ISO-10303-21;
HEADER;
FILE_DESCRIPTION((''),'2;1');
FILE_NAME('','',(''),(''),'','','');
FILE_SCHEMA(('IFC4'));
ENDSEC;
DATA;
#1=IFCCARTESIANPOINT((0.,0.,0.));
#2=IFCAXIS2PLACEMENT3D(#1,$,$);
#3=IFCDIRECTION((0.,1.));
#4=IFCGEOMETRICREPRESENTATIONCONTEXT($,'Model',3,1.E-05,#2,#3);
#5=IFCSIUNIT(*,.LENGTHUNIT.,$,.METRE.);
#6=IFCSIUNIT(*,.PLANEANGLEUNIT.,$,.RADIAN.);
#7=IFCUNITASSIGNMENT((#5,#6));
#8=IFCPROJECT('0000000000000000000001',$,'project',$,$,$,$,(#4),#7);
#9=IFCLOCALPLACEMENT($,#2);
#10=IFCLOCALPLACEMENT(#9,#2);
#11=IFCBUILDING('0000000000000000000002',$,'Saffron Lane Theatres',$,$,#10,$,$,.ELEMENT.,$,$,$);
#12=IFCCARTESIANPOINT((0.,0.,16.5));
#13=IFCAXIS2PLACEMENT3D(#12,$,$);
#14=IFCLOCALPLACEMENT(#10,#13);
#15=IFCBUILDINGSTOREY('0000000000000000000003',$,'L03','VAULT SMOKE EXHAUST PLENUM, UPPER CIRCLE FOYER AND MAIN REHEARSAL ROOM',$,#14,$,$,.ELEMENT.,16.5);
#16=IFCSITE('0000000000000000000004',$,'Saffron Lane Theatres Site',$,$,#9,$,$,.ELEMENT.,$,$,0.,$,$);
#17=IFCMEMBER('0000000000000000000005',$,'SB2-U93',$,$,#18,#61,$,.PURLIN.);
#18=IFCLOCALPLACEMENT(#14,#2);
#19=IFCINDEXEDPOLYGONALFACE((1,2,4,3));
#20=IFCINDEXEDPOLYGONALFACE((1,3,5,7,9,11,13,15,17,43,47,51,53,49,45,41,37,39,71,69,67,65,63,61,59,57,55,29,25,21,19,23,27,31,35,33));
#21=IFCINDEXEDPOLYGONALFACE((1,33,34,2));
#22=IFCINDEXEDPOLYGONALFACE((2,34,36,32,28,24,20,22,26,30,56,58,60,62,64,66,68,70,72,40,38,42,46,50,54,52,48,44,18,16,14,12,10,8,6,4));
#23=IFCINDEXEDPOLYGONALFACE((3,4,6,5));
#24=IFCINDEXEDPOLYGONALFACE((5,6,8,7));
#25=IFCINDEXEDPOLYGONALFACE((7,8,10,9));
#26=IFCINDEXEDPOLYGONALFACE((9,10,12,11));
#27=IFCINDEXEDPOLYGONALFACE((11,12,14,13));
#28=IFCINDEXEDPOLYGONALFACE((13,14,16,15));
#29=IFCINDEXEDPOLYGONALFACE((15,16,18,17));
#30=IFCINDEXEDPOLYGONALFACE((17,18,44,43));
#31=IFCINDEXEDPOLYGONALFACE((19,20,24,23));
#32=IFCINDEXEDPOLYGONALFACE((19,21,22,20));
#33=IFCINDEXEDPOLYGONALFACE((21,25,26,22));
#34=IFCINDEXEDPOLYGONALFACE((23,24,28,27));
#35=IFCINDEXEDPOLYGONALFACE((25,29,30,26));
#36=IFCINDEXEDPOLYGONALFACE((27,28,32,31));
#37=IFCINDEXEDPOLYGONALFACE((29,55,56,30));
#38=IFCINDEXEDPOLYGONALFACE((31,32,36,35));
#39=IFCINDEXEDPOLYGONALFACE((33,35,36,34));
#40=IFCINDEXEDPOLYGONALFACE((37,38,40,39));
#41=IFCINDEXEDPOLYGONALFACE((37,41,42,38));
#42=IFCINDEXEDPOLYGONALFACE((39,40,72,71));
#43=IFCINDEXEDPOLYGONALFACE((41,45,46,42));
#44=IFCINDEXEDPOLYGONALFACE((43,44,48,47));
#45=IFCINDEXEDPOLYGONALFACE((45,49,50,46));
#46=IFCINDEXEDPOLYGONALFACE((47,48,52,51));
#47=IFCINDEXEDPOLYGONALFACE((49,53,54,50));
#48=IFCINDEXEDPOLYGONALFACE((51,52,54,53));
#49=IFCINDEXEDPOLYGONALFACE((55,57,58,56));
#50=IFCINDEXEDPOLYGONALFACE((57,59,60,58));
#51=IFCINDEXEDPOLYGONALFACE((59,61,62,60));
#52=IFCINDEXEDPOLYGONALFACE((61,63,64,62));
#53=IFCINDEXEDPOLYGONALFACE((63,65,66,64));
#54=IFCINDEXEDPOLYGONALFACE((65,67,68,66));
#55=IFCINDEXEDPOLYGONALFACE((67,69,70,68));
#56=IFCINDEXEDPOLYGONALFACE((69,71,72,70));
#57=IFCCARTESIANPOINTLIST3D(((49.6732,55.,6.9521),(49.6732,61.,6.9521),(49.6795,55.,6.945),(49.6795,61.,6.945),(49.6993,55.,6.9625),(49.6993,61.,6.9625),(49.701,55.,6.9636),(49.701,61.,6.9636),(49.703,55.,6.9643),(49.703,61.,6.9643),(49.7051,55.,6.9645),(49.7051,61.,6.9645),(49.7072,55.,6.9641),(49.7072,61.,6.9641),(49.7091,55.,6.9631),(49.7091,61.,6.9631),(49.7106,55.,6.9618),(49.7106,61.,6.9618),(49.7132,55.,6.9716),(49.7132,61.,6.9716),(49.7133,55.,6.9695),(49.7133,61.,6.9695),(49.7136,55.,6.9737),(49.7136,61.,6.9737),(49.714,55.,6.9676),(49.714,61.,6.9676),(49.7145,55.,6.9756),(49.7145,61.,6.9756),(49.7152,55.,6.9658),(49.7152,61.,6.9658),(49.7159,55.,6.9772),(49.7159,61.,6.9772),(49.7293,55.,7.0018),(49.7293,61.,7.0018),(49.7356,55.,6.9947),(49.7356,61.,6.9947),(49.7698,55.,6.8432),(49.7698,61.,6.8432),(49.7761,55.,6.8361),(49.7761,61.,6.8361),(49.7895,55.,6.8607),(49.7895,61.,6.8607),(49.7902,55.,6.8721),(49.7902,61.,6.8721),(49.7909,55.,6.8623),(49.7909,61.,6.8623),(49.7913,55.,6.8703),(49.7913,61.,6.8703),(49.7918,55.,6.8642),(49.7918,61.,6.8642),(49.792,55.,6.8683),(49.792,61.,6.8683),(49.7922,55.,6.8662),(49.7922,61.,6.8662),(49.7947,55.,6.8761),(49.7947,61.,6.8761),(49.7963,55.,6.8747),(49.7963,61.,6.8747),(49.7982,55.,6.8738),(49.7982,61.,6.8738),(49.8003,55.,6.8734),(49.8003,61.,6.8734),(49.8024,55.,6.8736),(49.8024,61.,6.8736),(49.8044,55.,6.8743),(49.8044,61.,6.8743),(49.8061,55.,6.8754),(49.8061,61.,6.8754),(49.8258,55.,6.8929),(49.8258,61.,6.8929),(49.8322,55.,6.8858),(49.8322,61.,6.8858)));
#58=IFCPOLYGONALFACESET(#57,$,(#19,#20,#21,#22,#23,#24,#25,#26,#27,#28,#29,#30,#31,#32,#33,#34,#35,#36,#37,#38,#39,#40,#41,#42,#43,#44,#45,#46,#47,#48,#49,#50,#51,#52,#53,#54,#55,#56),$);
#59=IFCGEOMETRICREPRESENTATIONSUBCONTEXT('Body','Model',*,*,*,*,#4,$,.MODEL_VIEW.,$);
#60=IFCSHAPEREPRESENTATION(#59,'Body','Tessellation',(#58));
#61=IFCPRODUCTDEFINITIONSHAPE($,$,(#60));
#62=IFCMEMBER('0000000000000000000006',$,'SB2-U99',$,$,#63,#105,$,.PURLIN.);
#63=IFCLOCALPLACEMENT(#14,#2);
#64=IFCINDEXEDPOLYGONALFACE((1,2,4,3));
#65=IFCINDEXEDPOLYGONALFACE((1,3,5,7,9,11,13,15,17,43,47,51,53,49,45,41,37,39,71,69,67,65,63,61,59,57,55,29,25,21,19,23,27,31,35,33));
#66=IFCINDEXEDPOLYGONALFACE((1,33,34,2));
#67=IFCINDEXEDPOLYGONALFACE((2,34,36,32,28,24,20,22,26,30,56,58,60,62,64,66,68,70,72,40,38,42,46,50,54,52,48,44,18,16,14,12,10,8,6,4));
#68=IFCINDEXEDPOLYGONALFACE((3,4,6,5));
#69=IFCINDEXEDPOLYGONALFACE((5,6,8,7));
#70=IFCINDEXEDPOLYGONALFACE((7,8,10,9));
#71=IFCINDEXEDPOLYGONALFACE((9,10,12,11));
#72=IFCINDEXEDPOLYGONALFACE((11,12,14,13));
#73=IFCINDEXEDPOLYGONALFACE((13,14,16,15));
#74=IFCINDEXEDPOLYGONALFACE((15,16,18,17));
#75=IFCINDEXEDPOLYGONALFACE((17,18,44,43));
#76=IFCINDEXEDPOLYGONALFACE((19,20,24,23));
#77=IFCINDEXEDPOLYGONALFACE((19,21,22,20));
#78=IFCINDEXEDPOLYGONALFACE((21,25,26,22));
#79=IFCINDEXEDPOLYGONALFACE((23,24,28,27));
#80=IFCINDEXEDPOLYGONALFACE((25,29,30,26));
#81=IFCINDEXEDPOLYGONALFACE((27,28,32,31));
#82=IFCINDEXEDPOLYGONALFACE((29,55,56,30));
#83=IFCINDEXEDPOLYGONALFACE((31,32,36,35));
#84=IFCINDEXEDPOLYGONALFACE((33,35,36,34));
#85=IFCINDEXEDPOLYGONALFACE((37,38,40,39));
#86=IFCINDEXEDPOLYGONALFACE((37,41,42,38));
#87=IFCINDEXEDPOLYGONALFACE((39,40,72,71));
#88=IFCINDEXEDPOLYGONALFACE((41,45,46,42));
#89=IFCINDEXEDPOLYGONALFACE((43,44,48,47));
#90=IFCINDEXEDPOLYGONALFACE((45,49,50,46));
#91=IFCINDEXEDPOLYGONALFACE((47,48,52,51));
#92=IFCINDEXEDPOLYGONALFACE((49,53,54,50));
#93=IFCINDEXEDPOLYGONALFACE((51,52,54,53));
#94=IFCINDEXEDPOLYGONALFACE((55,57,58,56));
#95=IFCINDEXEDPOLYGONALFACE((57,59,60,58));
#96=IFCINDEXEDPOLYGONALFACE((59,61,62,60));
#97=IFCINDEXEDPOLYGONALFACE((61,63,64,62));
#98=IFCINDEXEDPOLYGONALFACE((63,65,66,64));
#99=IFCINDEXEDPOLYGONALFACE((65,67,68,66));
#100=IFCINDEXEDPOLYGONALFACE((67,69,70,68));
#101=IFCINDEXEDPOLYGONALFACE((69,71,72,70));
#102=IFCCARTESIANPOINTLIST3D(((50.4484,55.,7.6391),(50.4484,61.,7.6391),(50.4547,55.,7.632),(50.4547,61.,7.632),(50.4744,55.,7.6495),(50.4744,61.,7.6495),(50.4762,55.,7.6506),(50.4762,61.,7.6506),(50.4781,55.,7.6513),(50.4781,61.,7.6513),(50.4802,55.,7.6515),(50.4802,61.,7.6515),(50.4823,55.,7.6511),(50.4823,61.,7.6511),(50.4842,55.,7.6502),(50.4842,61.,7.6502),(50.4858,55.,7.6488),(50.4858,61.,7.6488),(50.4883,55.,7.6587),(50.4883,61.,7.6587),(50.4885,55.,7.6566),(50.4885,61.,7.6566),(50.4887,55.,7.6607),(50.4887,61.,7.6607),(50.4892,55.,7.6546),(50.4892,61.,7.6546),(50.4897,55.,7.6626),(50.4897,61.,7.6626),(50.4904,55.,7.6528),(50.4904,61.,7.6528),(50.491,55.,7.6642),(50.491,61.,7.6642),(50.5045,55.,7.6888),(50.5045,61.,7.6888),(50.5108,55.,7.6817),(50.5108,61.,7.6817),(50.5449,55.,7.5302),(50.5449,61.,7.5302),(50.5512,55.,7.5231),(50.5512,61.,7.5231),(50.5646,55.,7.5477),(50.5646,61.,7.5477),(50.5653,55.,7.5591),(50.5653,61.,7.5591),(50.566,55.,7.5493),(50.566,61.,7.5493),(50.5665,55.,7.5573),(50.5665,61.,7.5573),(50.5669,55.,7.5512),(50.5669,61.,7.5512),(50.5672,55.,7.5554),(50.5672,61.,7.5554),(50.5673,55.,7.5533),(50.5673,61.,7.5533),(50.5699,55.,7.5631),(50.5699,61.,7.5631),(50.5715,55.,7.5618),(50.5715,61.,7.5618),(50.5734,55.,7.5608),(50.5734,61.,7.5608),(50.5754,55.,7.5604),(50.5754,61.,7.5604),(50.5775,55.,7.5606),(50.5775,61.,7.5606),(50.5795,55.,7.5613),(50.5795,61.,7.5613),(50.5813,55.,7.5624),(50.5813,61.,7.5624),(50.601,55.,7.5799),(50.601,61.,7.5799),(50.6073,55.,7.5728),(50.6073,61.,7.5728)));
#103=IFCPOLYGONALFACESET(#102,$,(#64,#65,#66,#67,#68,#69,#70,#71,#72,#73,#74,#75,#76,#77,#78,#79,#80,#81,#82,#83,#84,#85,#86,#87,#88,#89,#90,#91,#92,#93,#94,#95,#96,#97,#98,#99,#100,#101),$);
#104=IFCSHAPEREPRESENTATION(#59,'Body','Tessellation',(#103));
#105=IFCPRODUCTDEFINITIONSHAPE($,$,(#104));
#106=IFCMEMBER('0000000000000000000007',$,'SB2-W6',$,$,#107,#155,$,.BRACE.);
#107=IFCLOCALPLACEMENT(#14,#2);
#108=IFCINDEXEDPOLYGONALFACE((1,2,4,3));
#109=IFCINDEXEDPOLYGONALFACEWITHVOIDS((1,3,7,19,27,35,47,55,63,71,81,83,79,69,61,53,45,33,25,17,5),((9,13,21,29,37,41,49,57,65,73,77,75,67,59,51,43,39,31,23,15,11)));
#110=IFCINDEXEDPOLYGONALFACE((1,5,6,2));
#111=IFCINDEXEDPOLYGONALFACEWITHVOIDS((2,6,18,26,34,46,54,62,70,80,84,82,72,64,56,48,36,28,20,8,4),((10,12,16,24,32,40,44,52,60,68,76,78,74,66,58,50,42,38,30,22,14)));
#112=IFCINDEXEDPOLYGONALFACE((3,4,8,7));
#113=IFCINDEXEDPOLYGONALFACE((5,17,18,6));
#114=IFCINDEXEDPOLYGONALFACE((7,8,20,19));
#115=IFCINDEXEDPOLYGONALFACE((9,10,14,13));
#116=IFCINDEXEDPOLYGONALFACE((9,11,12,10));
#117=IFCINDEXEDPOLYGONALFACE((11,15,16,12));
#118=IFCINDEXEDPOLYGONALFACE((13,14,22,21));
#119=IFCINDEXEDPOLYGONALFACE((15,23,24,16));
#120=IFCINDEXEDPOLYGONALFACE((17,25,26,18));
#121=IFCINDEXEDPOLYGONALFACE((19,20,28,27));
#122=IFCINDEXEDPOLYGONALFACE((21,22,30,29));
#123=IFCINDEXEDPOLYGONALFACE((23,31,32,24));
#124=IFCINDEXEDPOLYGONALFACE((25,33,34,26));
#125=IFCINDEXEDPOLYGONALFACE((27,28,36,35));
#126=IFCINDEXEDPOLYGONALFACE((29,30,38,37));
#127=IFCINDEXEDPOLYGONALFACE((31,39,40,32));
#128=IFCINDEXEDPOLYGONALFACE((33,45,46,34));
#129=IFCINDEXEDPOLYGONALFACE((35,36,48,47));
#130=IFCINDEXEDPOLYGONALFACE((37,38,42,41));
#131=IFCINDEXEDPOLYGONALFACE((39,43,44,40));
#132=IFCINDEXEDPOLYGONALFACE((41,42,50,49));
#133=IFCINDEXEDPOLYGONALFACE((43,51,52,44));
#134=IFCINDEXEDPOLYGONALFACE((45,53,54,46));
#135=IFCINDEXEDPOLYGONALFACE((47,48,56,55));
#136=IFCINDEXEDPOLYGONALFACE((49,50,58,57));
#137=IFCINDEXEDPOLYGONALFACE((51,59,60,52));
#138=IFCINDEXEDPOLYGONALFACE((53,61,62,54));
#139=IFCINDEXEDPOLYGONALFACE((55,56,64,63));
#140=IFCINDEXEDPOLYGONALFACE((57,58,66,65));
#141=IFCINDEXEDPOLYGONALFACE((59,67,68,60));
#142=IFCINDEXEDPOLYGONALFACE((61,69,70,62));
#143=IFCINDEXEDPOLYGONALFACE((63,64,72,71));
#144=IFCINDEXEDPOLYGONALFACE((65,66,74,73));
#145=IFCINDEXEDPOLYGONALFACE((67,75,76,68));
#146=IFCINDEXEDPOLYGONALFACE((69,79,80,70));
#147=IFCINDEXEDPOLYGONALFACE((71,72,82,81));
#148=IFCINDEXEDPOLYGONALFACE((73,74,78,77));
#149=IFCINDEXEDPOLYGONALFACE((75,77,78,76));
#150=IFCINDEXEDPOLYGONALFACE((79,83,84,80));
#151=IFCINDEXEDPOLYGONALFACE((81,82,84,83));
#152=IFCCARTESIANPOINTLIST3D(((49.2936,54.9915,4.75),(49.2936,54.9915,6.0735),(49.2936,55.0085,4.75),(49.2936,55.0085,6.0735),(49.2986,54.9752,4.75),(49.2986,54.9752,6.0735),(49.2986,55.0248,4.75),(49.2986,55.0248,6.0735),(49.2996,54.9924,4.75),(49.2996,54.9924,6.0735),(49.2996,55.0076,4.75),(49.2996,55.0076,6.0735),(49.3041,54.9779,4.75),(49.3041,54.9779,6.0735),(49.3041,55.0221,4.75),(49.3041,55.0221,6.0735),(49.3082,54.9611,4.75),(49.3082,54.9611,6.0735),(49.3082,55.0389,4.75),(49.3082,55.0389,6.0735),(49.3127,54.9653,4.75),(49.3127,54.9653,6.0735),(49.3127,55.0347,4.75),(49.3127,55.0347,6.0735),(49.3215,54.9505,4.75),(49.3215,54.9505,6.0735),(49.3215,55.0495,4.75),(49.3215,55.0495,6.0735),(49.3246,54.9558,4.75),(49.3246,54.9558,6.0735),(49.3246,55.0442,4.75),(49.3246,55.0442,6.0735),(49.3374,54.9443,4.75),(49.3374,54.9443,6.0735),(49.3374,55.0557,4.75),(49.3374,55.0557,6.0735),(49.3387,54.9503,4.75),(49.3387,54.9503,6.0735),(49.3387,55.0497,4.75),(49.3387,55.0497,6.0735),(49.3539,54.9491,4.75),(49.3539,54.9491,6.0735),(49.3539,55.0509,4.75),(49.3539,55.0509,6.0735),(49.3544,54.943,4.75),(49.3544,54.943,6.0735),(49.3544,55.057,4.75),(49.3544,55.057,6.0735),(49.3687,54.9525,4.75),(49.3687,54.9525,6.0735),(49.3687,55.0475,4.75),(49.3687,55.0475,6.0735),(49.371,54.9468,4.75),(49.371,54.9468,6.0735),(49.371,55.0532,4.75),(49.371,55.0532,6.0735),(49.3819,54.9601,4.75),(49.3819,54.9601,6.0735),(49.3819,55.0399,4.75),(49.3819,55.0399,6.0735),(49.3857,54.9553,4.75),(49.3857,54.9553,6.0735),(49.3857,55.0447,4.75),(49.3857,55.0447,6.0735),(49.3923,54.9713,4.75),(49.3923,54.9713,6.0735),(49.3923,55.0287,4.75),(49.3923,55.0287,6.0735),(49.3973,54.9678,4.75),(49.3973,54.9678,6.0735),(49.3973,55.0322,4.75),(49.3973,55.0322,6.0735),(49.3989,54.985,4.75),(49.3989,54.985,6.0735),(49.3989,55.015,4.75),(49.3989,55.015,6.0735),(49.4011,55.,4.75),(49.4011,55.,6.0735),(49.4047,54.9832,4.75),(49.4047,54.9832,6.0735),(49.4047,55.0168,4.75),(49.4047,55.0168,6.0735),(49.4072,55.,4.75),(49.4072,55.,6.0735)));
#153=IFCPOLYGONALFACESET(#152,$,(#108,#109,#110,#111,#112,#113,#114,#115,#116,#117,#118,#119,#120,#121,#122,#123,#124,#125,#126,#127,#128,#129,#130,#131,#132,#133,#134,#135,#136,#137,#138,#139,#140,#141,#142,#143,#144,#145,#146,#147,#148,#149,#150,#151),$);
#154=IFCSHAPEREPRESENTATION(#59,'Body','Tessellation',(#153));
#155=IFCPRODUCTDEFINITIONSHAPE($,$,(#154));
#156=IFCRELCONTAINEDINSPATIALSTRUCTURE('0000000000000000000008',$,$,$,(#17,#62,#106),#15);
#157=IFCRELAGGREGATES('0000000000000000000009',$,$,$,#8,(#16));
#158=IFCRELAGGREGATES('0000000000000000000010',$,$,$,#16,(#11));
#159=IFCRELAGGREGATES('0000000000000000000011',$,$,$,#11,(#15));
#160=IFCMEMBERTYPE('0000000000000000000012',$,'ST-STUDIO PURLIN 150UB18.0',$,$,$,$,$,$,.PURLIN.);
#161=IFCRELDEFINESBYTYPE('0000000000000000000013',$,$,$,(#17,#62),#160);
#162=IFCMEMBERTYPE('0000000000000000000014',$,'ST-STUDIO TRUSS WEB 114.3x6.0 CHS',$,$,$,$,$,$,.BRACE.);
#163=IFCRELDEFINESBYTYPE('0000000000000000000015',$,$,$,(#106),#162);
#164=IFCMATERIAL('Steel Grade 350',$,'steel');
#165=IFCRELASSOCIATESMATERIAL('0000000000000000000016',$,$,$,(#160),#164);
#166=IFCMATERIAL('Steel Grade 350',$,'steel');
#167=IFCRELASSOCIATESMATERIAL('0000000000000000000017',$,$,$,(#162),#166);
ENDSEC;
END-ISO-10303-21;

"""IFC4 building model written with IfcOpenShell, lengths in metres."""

from ifc_helpers import new_model, si_unit, direction, frame, origin, origin_2d, place, context, subcontext, project, spatial, hollow_circle, i_section, extrude, material, material_profile, profile_set, type_object, element, save


model = new_model("IFC4")

# Units and contexts
model_context = context("Model", 3, precision=1e-05, world=origin(), true_north=direction((0.0, 1.0)))
body_context = subcontext(model_context, "Body", "Model", "MODEL_VIEW")
ifc_project = project(units=[si_unit("LENGTHUNIT", "METRE"), si_unit("PLANEANGLEUNIT", "RADIAN")], contexts=[model_context])

# Site, building, storey
site_placement = place(None, origin())
site = spatial("IfcSite", under=ifc_project, at=site_placement, Name="Saffron Lane Theatres Site", CompositionType="ELEMENT", RefElevation=0.0)
building_placement = place(site_placement, origin())
building = spatial("IfcBuilding", under=site, at=building_placement, Name="Saffron Lane Theatres", CompositionType="ELEMENT")
storey_placement = place(building_placement, frame((0.0, 0.0, 16.5)))
storey = spatial("IfcBuildingStorey", under=building, at=storey_placement, Name="L03", Description="VAULT SMOKE EXHAUST PLENUM, UPPER CIRCLE FOYER AND MAIN REHEARSAL ROOM", CompositionType="ELEMENT", Elevation=16.5)

# Members
ifc_material_1 = material(Name="Steel Grade 350", Category="steel")
ifc_material_profile_1 = material_profile(ifc_material_1, i_section(OverallWidth=0.075, OverallDepth=0.155, WebThickness=0.0061, FlangeThickness=0.0095, FilletRadius=0.0081, at=origin_2d()))
ifc_profile_set_1 = profile_set([ifc_material_profile_1], Name="Steel Grade 350")
member_type_1 = type_object("IfcMemberType", Name="ST-STUDIO PURLIN 150UB18.0", PredefinedType="PURLIN", material=ifc_profile_set_1)
for number, where, z_axis, x_axis, name in (
    (1, (49.7527, 55.0, 6.9189), (0.0, 1.0, 0.0), (-0.748269, 0.0, -0.663396), "SB2-U93"),
    (2, (50.5278, 55.0, 7.606), (0.0, 1.0, 0.0), (-0.748269, 0.0, -0.663396), "SB2-U99"),
):
    element("IfcMember", number, at=place(storey_placement, frame(where, z_axis=z_axis, x_axis=x_axis)), inside=storey, type_object=member_type_1, Name=name, PredefinedType="PURLIN", context=body_context, shape_type="SweptSolid", body=[
        extrude(i_section(OverallWidth=0.075, OverallDepth=0.155, WebThickness=0.0061, FlangeThickness=0.0095, FilletRadius=0.0081, at=origin_2d()), origin(), (0.0, 0.0, 1.0), 6.0),
    ])
ifc_material_2 = material(Name="Steel Grade 350", Category="steel")
ifc_material_profile_2 = material_profile(ifc_material_2, hollow_circle(Radius=0.0571, WallThickness=0.0061, at=origin_2d()))
ifc_profile_set_2 = profile_set([ifc_material_profile_2], Name="Steel Grade 350")
member_type_2 = type_object("IfcMemberType", Name="ST-STUDIO TRUSS WEB 114.3x6.0 CHS", PredefinedType="BRACE", material=ifc_profile_set_2)
member_1_placement = place(storey_placement, frame((49.3501, 55.0, 4.75), z_axis=(0.0, 0.0, 1.0), x_axis=(1.0, 0.0, 0.0)))
element("IfcMember", 3, at=member_1_placement, inside=storey, type_object=member_type_2, Name="SB2-W6", PredefinedType="BRACE", context=body_context, shape_type="SweptSolid", body=[
    extrude(hollow_circle(Radius=0.0571, WallThickness=0.0061, at=origin_2d()), origin(), (0.0, 0.0, 1.0), 1.3235),
])

save(model, "model.ifc")
